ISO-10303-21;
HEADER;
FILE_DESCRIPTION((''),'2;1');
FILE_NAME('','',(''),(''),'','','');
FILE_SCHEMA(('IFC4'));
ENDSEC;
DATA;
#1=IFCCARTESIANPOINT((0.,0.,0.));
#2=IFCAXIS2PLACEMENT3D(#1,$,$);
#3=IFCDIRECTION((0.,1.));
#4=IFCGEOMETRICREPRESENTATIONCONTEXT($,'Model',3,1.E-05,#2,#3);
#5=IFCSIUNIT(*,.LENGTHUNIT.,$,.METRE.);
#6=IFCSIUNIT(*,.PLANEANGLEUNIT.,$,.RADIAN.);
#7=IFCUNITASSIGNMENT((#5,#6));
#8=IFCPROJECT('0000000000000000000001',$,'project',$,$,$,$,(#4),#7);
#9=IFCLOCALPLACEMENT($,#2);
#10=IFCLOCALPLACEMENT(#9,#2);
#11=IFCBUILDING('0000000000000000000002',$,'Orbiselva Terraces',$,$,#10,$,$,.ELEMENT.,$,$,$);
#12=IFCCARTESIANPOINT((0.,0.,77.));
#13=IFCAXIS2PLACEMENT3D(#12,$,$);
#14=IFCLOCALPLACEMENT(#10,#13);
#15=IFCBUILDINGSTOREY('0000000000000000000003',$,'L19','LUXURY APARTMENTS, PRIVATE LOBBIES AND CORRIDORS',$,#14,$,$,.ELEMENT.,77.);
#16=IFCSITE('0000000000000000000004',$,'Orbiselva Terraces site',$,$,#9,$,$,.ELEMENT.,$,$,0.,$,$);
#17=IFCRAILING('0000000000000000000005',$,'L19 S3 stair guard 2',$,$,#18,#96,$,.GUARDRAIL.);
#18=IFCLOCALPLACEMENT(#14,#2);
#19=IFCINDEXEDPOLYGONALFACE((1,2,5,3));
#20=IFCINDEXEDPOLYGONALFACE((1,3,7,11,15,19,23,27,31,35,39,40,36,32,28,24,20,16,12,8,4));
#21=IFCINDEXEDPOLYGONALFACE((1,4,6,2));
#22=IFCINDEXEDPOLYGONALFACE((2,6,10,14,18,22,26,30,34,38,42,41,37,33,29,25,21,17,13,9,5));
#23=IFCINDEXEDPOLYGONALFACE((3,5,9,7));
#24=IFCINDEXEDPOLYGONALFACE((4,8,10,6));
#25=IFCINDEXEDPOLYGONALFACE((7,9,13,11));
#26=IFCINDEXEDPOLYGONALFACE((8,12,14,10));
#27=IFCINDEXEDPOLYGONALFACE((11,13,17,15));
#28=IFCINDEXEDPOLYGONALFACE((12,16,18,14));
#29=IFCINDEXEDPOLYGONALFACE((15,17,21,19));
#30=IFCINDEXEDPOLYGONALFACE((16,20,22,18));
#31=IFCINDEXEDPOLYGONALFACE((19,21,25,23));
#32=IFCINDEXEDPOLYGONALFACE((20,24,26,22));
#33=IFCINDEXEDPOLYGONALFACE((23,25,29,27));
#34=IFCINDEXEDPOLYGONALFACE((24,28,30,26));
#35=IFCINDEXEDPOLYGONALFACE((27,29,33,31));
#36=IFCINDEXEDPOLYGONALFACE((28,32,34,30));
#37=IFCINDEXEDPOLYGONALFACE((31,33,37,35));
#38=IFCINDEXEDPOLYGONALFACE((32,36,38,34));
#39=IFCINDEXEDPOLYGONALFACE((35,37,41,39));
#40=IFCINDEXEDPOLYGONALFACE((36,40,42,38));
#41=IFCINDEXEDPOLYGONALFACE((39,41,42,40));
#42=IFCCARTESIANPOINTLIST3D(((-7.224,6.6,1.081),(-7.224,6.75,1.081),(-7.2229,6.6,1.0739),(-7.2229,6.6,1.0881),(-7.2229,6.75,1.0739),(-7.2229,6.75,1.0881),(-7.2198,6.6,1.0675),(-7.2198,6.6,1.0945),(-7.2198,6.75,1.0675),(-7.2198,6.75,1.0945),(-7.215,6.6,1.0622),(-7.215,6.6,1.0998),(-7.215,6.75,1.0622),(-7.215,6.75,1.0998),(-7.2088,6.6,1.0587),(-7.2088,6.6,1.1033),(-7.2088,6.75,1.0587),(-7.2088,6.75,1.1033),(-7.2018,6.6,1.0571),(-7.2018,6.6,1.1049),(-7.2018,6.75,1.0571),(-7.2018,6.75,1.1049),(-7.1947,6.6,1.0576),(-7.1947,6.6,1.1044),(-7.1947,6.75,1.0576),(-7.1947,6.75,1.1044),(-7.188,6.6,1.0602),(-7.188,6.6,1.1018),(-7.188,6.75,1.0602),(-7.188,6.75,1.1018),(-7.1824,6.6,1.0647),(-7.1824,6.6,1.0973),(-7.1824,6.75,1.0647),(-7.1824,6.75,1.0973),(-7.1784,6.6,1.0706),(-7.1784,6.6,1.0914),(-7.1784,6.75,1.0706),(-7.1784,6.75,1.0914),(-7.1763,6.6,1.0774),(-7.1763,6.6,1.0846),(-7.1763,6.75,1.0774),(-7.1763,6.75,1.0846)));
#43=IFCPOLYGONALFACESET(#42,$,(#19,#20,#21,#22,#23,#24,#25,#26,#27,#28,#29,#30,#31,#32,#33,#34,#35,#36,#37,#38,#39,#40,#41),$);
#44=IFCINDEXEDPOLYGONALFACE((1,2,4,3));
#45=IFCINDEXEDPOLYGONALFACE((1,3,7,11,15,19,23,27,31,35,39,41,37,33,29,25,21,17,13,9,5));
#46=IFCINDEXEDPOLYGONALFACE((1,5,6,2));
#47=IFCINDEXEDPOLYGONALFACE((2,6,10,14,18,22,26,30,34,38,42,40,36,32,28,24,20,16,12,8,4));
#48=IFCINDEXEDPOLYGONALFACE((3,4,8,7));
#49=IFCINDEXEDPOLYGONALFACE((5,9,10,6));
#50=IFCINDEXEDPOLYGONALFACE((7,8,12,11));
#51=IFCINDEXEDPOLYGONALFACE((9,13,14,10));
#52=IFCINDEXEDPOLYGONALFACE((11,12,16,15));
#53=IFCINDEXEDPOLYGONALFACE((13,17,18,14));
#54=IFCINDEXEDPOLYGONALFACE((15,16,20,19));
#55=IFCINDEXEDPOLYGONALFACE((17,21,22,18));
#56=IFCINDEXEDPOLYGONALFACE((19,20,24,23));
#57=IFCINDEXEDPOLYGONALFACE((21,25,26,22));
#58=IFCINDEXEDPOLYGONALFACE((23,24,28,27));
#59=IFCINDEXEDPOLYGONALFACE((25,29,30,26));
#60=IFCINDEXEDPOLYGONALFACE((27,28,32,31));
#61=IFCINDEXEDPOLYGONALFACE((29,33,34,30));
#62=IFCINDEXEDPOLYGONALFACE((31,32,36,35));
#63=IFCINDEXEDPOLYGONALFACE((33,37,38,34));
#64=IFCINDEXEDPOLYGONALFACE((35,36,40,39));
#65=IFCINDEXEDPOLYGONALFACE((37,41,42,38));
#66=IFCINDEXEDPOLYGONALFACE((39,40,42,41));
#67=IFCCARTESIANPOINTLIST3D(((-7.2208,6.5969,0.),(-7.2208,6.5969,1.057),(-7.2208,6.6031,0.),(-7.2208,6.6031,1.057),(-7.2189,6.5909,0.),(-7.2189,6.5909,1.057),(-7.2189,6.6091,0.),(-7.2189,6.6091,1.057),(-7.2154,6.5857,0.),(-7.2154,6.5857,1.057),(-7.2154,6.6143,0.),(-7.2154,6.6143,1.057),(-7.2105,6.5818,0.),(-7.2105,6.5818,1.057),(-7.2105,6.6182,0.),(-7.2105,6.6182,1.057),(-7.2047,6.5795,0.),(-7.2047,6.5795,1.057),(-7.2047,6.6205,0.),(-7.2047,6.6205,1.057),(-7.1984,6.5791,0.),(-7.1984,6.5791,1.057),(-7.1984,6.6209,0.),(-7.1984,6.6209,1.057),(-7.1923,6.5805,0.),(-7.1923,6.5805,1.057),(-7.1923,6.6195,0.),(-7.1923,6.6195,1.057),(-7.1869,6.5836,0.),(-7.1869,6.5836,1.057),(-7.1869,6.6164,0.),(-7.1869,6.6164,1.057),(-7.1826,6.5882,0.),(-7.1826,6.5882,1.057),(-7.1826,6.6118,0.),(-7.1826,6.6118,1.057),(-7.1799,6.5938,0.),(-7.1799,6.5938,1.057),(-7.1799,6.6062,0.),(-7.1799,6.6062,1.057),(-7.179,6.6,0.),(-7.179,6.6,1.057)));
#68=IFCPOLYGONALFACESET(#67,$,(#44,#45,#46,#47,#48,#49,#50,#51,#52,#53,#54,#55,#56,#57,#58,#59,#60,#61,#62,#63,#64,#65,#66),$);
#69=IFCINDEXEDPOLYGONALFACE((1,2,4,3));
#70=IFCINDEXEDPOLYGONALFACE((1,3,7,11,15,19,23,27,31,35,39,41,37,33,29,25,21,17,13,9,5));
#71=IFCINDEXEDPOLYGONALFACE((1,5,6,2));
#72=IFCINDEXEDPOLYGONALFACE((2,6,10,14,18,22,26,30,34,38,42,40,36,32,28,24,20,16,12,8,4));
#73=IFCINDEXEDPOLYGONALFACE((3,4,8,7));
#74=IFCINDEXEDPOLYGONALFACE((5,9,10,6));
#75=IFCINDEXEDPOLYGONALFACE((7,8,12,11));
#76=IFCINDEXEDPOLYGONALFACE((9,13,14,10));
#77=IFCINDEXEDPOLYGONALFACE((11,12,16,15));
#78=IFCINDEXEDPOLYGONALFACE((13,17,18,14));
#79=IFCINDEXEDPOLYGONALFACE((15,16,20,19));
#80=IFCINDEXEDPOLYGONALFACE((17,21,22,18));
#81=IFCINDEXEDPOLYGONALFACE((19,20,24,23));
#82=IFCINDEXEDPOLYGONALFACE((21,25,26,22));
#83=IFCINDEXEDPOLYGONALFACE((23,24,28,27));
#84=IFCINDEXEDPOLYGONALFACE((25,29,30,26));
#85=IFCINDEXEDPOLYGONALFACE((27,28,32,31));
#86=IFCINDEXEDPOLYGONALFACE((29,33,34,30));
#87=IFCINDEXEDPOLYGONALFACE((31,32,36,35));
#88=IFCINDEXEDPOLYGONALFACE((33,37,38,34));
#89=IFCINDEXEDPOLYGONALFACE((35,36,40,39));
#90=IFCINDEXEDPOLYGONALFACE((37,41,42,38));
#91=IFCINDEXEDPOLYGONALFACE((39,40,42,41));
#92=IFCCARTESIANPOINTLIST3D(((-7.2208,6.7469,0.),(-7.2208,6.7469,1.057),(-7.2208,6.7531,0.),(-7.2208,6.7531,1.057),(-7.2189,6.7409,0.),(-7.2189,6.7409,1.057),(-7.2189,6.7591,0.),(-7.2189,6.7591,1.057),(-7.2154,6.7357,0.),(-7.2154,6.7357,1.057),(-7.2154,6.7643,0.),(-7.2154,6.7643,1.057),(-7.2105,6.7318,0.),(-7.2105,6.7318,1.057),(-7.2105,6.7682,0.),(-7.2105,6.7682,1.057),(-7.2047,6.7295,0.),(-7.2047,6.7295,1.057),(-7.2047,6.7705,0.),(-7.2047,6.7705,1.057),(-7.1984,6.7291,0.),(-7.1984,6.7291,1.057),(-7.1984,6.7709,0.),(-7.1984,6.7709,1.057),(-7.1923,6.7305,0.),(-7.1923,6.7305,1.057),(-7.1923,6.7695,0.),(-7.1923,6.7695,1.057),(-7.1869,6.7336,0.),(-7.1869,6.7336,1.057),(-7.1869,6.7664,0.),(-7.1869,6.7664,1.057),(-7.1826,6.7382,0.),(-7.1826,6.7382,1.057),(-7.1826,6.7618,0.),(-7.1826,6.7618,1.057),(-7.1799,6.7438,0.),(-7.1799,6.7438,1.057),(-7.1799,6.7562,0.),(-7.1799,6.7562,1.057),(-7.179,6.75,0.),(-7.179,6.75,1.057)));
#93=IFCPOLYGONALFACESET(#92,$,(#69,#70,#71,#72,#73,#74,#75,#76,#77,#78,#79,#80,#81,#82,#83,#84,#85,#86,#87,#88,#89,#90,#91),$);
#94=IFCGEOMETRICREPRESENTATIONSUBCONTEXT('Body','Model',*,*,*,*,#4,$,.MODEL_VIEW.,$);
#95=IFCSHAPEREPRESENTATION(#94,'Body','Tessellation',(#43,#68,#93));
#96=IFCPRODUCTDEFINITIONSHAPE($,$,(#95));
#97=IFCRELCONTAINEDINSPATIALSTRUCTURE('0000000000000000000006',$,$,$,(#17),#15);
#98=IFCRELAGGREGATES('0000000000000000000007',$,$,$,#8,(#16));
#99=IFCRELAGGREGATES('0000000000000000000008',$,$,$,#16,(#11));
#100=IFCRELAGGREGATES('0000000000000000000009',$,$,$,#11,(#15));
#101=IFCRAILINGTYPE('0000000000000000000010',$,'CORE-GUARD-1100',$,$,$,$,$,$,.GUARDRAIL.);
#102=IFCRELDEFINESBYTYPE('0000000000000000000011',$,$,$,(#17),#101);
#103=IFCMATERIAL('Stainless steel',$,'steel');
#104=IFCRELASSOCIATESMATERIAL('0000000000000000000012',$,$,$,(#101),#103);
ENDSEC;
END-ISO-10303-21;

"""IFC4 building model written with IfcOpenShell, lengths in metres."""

from ifc_helpers import new_model, si_unit, direction, frame, origin, origin_2d, place, context, subcontext, project, spatial, circle, extrude, material, type_object, element, save


model = new_model("IFC4")

# Units and contexts
model_context = context("Model", 3, precision=1e-05, world=origin(), true_north=direction((0.0, 1.0)))
body_context = subcontext(model_context, "Body", "Model", "MODEL_VIEW")
ifc_project = project(units=[si_unit("LENGTHUNIT", "METRE"), si_unit("PLANEANGLEUNIT", "RADIAN")], contexts=[model_context])

# Site, building, storey
site_placement = place(None, origin())
site = spatial("IfcSite", under=ifc_project, at=site_placement, Name="Orbiselva Terraces site", CompositionType="ELEMENT", RefElevation=0.0)
building_placement = place(site_placement, origin())
building = spatial("IfcBuilding", under=site, at=building_placement, Name="Orbiselva Terraces", CompositionType="ELEMENT")
storey_placement = place(building_placement, frame((0.0, 0.0, 77.0)))
storey = spatial("IfcBuildingStorey", under=building, at=storey_placement, Name="L19", Description="LUXURY APARTMENTS, PRIVATE LOBBIES AND CORRIDORS", CompositionType="ELEMENT", Elevation=77.0)

# Railing
ifc_material_1 = material(Name="Stainless steel", Category="steel")
railing_type_1 = type_object("IfcRailingType", Name="CORE-GUARD-1100", PredefinedType="GUARDRAIL", material=ifc_material_1)
railing_1_placement = place(storey_placement, frame((-7.2, 6.6, 0.0)))
element("IfcRailing", 1, at=railing_1_placement, inside=storey, type_object=railing_type_1, Name="L19 S3 stair guard 2", PredefinedType="GUARDRAIL", context=body_context, shape_type="SweptSolid", body=[
    extrude(circle(Radius=0.024, at=origin_2d()), frame((0.0, 0.0, 1.081), z_axis=(0.0, 1.0, 0.0), x_axis=(-1.0, 0.0, 0.0)), (0.0, 0.0, 1.0), 0.15),
    extrude(circle(Radius=0.021, at=origin_2d()), origin(), (0.0, 0.0, 1.0), 1.057),
    extrude(circle(Radius=0.021, at=origin_2d()), frame((0.0, 0.15, 0.0)), (0.0, 0.0, 1.0), 1.057),
])

save(model, "model.ifc")
